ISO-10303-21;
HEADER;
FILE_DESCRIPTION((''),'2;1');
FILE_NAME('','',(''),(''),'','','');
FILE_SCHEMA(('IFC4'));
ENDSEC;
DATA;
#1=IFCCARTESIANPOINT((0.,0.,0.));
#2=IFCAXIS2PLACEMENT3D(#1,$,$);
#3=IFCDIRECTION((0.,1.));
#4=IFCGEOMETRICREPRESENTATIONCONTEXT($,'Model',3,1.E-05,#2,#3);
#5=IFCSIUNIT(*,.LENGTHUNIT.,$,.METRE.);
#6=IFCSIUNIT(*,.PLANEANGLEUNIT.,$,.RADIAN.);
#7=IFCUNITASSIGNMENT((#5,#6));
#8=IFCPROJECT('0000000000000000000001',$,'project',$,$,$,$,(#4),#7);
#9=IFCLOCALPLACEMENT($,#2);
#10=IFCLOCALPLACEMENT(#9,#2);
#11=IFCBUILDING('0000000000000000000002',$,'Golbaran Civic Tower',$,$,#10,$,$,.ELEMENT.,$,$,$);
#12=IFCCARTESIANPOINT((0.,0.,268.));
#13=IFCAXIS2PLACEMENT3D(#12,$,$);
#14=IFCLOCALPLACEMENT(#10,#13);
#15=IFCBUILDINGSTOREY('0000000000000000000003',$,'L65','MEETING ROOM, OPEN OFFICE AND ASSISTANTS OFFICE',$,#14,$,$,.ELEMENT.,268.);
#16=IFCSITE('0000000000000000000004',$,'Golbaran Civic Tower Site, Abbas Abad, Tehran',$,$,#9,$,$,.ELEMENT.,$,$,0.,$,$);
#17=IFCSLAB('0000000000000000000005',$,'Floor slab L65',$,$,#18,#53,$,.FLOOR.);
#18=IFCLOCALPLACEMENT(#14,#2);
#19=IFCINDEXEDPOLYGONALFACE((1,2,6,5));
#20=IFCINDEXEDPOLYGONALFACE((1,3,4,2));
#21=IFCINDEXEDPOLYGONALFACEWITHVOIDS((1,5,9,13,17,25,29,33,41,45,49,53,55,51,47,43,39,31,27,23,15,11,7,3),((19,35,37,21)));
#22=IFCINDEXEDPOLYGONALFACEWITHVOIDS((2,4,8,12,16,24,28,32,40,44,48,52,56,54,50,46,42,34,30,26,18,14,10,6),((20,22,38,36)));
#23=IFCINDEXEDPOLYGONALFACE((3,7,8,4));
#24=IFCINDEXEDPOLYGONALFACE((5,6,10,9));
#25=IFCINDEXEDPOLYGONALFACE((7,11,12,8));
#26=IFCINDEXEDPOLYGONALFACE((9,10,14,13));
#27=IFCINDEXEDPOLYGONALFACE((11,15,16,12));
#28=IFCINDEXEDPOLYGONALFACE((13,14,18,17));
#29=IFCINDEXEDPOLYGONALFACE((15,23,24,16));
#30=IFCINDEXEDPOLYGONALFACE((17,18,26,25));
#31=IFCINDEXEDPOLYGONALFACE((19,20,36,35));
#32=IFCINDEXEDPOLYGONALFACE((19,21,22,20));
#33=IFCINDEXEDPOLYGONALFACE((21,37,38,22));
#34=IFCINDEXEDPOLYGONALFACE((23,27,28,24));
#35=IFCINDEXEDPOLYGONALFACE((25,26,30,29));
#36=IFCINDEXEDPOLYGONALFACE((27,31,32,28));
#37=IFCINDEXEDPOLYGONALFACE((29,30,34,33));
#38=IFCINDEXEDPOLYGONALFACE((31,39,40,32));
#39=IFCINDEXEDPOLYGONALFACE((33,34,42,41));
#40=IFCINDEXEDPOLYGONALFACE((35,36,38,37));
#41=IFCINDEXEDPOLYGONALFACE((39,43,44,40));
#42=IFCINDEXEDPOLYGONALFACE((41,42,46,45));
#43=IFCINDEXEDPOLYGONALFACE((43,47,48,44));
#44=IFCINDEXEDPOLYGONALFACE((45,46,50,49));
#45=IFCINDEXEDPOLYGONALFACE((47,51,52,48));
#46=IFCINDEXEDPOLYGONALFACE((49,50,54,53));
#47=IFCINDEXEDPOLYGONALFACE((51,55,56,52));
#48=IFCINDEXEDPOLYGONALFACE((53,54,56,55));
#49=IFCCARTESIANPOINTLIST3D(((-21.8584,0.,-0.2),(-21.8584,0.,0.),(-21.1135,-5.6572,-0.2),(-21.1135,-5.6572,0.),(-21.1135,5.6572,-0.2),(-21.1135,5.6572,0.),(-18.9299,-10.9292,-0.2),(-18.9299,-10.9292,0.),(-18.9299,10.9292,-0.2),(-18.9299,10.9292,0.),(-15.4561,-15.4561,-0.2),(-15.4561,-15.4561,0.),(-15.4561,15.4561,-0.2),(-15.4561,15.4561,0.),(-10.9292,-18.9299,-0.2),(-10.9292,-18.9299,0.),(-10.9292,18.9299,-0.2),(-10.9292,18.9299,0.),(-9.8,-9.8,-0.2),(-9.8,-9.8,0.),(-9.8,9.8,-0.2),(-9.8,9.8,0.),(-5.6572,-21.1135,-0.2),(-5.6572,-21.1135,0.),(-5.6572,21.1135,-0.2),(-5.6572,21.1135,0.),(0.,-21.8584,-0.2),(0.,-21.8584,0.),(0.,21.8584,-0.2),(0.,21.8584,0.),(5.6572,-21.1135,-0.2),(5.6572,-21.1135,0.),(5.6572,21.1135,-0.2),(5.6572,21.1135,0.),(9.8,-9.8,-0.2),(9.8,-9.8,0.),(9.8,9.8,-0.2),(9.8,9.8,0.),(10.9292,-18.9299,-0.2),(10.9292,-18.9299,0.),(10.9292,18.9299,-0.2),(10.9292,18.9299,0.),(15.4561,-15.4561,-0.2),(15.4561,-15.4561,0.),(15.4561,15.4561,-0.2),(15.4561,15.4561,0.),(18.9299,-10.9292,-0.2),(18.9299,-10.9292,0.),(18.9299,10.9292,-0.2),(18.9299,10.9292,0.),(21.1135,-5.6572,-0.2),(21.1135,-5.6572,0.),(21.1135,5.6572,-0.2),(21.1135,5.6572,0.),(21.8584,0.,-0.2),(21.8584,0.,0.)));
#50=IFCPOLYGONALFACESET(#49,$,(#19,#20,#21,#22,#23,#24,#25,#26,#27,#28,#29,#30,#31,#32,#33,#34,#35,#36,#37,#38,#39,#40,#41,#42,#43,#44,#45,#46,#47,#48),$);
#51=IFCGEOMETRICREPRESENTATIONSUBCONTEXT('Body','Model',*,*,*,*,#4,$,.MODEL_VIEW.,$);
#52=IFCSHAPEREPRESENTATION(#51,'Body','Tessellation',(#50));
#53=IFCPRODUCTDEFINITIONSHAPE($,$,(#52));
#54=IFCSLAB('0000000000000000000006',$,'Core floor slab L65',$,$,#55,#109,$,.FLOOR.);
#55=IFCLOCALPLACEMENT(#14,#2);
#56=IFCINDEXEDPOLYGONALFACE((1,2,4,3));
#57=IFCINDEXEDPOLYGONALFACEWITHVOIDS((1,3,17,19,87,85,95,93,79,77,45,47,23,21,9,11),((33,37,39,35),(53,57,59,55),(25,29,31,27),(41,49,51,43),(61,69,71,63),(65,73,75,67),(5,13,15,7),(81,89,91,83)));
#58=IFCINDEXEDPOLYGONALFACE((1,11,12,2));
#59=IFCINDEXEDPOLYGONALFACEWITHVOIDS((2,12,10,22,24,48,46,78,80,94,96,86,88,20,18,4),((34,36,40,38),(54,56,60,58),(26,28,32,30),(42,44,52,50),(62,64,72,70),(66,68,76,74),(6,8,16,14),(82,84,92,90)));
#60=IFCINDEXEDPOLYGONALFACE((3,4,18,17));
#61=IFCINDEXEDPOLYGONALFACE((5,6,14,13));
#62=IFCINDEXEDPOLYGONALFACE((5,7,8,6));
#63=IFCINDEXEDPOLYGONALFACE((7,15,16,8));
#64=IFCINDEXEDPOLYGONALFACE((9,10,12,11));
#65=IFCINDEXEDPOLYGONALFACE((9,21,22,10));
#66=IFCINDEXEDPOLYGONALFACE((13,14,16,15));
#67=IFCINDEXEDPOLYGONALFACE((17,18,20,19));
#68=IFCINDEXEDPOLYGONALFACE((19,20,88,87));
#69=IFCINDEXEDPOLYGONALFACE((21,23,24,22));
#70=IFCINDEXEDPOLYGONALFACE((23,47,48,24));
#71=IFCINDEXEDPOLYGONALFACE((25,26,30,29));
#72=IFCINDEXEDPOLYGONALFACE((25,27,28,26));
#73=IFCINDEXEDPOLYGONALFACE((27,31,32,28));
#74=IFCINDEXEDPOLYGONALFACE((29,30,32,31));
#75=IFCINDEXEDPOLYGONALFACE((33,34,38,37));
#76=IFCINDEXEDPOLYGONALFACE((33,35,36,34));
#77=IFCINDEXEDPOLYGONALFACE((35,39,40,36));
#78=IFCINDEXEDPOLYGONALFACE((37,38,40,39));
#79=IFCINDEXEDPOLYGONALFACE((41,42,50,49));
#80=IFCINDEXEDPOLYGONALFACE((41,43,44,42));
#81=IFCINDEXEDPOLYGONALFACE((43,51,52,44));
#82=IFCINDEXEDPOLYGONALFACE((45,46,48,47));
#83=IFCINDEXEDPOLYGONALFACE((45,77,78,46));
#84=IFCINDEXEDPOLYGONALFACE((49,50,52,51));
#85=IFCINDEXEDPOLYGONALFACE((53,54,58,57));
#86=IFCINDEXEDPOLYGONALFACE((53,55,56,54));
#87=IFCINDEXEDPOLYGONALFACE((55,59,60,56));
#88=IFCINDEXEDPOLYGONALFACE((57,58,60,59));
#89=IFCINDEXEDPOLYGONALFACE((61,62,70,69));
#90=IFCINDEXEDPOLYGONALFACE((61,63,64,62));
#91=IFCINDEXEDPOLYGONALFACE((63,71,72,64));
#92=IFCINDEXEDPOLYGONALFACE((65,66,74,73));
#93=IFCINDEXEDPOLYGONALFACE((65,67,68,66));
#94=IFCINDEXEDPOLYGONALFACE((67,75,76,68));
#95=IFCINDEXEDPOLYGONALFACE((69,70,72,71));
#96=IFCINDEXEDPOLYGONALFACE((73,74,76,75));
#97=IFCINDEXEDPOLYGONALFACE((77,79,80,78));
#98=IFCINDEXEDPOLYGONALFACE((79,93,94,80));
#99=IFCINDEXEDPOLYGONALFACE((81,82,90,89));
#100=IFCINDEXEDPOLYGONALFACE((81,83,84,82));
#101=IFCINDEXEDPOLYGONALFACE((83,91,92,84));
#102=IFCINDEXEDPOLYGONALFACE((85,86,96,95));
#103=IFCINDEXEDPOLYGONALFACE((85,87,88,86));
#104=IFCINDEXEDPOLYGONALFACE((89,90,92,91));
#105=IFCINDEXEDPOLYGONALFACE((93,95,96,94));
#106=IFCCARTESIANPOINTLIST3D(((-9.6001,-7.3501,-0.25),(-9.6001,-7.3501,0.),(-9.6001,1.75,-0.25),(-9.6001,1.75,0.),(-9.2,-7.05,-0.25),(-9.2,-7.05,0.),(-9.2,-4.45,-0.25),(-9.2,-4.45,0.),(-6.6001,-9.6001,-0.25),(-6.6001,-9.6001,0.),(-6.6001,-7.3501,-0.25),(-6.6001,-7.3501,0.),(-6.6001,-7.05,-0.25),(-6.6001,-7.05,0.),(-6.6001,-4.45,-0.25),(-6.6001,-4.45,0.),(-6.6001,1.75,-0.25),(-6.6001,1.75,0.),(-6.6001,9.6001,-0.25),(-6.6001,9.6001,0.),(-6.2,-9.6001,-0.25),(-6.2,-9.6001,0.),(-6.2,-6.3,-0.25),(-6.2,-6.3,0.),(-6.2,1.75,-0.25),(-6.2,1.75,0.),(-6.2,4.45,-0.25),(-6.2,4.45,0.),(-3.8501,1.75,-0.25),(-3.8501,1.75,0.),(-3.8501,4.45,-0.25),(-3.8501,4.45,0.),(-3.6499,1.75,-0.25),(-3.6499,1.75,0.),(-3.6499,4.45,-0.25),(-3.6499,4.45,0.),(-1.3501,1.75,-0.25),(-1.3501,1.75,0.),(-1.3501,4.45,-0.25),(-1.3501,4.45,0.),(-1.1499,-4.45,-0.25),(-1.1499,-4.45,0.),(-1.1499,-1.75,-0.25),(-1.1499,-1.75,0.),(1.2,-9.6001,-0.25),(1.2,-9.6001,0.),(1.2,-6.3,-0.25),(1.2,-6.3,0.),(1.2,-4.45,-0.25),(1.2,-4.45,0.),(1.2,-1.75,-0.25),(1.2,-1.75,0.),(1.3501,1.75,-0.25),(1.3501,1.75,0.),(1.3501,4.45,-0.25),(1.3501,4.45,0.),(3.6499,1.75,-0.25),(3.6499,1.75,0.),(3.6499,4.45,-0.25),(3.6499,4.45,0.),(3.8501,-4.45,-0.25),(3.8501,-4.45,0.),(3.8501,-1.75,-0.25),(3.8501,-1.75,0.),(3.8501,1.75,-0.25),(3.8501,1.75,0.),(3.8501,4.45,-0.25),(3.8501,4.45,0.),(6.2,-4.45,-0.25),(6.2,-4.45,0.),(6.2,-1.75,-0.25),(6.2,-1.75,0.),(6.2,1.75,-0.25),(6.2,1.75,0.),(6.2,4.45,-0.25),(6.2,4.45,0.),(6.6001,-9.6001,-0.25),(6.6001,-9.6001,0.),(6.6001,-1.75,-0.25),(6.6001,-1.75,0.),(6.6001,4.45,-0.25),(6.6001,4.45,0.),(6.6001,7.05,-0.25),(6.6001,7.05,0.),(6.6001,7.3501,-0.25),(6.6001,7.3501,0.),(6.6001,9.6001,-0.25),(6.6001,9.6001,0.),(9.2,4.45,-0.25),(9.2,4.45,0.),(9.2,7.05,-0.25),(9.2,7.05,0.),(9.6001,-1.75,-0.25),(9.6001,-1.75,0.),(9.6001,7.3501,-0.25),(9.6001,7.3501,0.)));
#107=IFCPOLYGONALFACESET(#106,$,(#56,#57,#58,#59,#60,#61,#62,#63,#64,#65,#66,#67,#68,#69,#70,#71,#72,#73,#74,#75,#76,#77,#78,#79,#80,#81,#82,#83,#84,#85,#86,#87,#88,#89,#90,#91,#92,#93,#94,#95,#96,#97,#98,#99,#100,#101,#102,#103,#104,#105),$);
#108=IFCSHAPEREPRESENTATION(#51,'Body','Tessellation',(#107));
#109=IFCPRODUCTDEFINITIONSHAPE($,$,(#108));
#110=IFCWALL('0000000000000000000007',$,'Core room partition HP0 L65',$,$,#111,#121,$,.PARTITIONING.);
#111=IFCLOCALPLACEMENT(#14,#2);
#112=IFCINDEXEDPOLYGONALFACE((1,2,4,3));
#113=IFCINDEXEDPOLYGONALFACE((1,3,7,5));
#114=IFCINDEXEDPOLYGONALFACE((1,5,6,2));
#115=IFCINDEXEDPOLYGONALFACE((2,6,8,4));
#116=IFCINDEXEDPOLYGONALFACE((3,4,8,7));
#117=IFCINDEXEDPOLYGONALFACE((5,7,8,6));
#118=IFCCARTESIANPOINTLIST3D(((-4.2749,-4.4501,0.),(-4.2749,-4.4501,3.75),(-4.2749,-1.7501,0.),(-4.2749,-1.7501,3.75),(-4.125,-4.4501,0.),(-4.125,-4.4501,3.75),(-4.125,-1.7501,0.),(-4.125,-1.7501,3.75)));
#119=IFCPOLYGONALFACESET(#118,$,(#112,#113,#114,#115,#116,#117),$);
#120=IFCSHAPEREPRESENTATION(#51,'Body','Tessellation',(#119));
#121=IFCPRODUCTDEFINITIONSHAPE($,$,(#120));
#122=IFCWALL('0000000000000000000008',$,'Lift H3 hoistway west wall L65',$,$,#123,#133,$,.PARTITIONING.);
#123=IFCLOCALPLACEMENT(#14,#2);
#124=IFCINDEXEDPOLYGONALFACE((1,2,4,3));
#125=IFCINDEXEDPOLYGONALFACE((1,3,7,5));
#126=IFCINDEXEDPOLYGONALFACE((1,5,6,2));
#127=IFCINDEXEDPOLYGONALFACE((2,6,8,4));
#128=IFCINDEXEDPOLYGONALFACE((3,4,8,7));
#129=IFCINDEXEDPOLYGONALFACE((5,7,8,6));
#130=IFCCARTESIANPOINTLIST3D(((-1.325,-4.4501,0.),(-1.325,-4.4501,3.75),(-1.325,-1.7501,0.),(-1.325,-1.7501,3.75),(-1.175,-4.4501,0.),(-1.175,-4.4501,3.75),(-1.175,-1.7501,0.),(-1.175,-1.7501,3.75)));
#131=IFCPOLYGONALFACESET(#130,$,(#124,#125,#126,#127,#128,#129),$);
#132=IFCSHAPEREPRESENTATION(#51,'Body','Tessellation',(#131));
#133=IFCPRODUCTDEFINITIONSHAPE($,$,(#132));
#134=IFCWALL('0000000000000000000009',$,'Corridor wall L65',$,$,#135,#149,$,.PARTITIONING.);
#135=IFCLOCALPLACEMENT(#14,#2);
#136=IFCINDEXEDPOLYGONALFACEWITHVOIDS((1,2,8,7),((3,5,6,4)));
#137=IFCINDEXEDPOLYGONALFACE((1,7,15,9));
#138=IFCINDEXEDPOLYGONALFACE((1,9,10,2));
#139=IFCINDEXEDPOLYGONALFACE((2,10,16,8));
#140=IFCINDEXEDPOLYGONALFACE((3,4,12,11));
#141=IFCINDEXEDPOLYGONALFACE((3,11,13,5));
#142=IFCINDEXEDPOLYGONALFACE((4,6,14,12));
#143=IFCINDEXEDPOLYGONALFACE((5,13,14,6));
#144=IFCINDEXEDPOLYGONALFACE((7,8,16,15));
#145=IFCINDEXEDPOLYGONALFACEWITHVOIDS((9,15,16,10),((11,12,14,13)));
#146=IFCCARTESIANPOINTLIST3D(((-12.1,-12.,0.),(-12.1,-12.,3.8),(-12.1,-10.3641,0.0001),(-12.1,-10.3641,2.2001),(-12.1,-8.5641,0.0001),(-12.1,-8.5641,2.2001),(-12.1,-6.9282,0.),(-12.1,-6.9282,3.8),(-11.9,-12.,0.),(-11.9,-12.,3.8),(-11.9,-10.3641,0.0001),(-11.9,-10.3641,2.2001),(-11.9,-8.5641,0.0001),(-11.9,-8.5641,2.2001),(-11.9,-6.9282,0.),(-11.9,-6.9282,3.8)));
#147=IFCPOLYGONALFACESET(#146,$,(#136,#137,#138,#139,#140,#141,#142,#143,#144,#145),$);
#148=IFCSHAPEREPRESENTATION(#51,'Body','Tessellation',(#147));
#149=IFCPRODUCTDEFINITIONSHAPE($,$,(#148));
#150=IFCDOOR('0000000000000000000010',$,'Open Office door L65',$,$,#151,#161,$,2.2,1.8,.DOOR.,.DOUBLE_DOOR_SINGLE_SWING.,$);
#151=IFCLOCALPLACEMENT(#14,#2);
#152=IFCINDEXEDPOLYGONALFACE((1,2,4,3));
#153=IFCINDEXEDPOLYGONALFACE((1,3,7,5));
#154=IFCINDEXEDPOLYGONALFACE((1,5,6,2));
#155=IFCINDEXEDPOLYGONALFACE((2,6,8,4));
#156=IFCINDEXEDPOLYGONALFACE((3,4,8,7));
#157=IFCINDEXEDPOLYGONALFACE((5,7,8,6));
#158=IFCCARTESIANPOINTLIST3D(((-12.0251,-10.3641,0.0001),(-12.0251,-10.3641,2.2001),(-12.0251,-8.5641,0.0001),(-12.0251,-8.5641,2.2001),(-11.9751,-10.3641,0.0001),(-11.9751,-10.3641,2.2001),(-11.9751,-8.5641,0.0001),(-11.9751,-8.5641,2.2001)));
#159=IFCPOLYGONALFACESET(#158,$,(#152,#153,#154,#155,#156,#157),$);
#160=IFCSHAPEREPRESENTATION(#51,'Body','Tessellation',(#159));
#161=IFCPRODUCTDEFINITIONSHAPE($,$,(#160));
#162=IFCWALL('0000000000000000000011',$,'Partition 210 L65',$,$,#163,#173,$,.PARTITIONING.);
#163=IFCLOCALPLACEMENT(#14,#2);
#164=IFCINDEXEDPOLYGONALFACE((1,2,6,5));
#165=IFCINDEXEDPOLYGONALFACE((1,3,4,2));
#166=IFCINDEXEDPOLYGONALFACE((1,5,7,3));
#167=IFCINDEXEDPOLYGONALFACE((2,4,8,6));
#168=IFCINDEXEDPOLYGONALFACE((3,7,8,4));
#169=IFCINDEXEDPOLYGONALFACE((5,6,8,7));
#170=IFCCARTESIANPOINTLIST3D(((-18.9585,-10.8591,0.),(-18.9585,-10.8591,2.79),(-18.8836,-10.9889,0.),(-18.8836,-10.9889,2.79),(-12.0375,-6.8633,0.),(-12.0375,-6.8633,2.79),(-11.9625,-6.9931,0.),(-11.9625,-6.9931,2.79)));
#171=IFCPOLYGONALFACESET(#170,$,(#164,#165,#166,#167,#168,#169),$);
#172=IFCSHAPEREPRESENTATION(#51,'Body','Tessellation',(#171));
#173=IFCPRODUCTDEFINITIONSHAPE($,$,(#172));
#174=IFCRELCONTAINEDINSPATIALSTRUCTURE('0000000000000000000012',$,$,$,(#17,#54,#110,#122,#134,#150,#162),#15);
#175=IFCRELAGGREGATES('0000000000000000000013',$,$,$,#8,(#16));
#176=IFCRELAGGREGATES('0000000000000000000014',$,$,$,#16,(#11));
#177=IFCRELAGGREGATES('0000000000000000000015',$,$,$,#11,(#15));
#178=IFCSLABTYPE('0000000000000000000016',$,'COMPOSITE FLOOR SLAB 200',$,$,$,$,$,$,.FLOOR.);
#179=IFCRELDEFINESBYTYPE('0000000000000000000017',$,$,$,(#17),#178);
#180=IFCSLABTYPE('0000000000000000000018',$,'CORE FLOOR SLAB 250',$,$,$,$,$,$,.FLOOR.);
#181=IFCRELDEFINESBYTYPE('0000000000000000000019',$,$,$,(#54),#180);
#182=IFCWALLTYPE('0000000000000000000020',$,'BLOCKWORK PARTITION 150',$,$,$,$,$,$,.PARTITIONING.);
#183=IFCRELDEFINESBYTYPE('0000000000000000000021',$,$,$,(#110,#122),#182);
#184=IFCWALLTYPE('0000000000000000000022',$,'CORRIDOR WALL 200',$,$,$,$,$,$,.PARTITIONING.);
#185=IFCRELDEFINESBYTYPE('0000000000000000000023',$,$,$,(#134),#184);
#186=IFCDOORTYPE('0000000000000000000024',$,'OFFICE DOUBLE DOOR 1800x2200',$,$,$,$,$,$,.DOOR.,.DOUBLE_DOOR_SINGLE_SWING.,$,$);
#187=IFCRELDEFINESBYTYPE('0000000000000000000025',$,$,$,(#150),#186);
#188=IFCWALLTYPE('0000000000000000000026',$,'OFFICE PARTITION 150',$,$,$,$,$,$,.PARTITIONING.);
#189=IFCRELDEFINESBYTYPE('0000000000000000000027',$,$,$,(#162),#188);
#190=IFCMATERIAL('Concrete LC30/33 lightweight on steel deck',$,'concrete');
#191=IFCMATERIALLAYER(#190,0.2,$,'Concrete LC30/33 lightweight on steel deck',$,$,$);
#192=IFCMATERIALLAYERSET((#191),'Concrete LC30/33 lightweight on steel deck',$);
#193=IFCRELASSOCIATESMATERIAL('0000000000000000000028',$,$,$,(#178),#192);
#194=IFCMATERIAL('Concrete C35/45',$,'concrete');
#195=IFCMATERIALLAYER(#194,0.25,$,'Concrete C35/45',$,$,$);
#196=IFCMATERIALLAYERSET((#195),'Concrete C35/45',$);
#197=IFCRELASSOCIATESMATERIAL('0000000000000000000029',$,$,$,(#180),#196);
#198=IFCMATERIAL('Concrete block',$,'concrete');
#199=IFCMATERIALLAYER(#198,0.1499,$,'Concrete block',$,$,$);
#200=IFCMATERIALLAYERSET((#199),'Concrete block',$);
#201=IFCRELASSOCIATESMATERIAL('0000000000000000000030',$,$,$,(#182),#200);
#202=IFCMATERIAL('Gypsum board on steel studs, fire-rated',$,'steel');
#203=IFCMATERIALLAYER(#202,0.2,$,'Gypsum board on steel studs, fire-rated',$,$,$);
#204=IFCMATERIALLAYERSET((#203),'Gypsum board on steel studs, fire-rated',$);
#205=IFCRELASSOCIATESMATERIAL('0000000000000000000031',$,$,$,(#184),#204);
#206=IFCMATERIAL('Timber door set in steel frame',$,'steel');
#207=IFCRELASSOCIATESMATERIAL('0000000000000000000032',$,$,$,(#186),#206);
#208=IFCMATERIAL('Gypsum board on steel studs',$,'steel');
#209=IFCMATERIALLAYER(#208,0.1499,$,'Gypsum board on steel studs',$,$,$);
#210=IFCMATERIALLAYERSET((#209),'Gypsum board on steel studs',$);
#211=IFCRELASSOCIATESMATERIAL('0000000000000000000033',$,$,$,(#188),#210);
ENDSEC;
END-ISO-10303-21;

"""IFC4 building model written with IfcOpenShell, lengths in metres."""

from ifc_helpers import new_model, si_unit, direction, frame, frame_2d, origin, place, context, subcontext, project, spatial, polyline, rectangle, outline, extrude, material, layer, layer_set, type_object, element, fill, save


model = new_model("IFC4")

# Units and contexts
model_context = context("Model", 3, precision=1e-05, world=origin(), true_north=direction((0.0, 1.0)))
body_context = subcontext(model_context, "Body", "Model", "MODEL_VIEW")
ifc_project = project(units=[si_unit("LENGTHUNIT", "METRE"), si_unit("PLANEANGLEUNIT", "RADIAN")], contexts=[model_context])

# Site, building, storey
site_placement = place(None, origin())
site = spatial("IfcSite", under=ifc_project, at=site_placement, Name="Golbaran Civic Tower Site, Abbas Abad, Tehran", CompositionType="ELEMENT", RefElevation=0.0)
building_placement = place(site_placement, origin())
building = spatial("IfcBuilding", under=site, at=building_placement, Name="Golbaran Civic Tower", CompositionType="ELEMENT")
storey_placement = place(building_placement, frame((0.0, 0.0, 268.0)))
storey = spatial("IfcBuildingStorey", under=building, at=storey_placement, Name="L65", Description="MEETING ROOM, OPEN OFFICE AND ASSISTANTS OFFICE", CompositionType="ELEMENT", Elevation=268.0)

# Slabs
ifc_material_1 = material(Name="Concrete LC30/33 lightweight on steel deck", Category="concrete")
ifc_layer_1 = layer(ifc_material_1, 0.2, Name="Concrete LC30/33 lightweight on steel deck")
ifc_layer_set_1 = layer_set([ifc_layer_1], Name="Concrete LC30/33 lightweight on steel deck")
slab_type_1 = type_object("IfcSlabType", Name="COMPOSITE FLOOR SLAB 200", PredefinedType="FLOOR", material=ifc_layer_set_1)
slab_1_placement = place(storey_placement, frame((0.0, 0.0, -0.2)))
element("IfcSlab", 1, at=slab_1_placement, inside=storey, type_object=slab_type_1, Name="Floor slab L65", PredefinedType="FLOOR", context=body_context, shape_type="SweptSolid", body=[
    extrude(outline(polyline([(18.9299, -10.9292), (15.4561, -15.4561), (10.9292, -18.9299), (5.6572, -21.1135), (0.0, -21.8584), (-5.6572, -21.1135), (-10.9292, -18.9299), (-15.4561, -15.4561), (-18.9299, -10.9292), (-21.1135, -5.6572), (-21.8584, 0.0), (-21.1135, 5.6572), (-18.9299, 10.9292), (-15.4561, 15.4561), (-10.9292, 18.9299), (-5.6572, 21.1135), (0.0, 21.8584), (5.6572, 21.1135), (10.9292, 18.9299), (15.4561, 15.4561), (18.9299, 10.9292), (21.1135, 5.6572), (21.8584, 0.0), (21.1135, -5.6572), (18.9299, -10.9292)]), holes=[polyline([(-9.8, 9.8), (-9.8, -9.8), (9.8, -9.8), (9.8, 9.8), (-9.8, 9.8)])]), origin(), (0.0, 0.0, 1.0), 0.2),
])
ifc_material_2 = material(Name="Concrete C35/45", Category="concrete")
ifc_layer_2 = layer(ifc_material_2, 0.25, Name="Concrete C35/45")
ifc_layer_set_2 = layer_set([ifc_layer_2], Name="Concrete C35/45")
slab_type_2 = type_object("IfcSlabType", Name="CORE FLOOR SLAB 250", PredefinedType="FLOOR", material=ifc_layer_set_2)
slab_2_placement = place(storey_placement, frame((0.0, 0.0, -0.25)))
element("IfcSlab", 2, at=slab_2_placement, inside=storey, type_object=slab_type_2, Name="Core floor slab L65", PredefinedType="FLOOR", context=body_context, shape_type="SweptSolid", body=[
    extrude(outline(polyline([(6.6001, -1.75), (6.6001, -9.6001), (1.2, -9.6001), (1.2, -6.3), (-6.2, -6.3), (-6.2, -9.6001), (-6.6001, -9.6001), (-6.6001, -7.3501), (-9.6001, -7.3501), (-9.6001, 1.75), (-6.6001, 1.75), (-6.6001, 9.6001), (6.6001, 9.6001), (6.6001, 7.3501), (9.6001, 7.3501), (9.6001, -1.75), (6.6001, -1.75)]), holes=[polyline([(9.2, 7.05), (6.6001, 7.05), (6.6001, 4.45), (9.2, 4.45), (9.2, 7.05)]), polyline([(6.2, -1.75), (3.8501, -1.75), (3.8501, -4.45), (6.2, -4.45), (6.2, -1.75)]), polyline([(6.2, 4.45), (3.8501, 4.45), (3.8501, 1.75), (6.2, 1.75), (6.2, 4.45)]), polyline([(3.6499, 4.45), (1.3501, 4.45), (1.3501, 1.75), (3.6499, 1.75), (3.6499, 4.45)]), polyline([(-1.1499, -1.75), (-1.1499, -4.45), (1.2, -4.45), (1.2, -1.75), (-1.1499, -1.75)]), polyline([(-1.3501, 4.45), (-3.6499, 4.45), (-3.6499, 1.75), (-1.3501, 1.75), (-1.3501, 4.45)]), polyline([(-3.8501, 4.45), (-6.2, 4.45), (-6.2, 1.75), (-3.8501, 1.75), (-3.8501, 4.45)]), polyline([(-6.6001, -4.45), (-9.2, -4.45), (-9.2, -7.05), (-6.6001, -7.05), (-6.6001, -4.45)])]), origin(), (0.0, 0.0, 1.0), 0.25),
])

# Walls
ifc_material_3 = material(Name="Concrete block", Category="concrete")
ifc_layer_3 = layer(ifc_material_3, 0.1499, Name="Concrete block")
ifc_layer_set_3 = layer_set([ifc_layer_3], Name="Concrete block")
wall_type_1 = type_object("IfcWallType", Name="BLOCKWORK PARTITION 150", PredefinedType="PARTITIONING", material=ifc_layer_set_3)
for number, where, z_axis, x_axis, name in (
    (3, (-4.2, -1.75, 0.0), (0.0, 0.0, 1.0), (0.0, -1.0, 0.0), "Core room partition HP0 L65"),
    (4, (-1.25, -1.75, 0.0), (0.0, 0.0, 1.0), (0.0, -1.0, 0.0), "Lift H3 hoistway west wall L65"),
):
    element("IfcWall", number, at=place(storey_placement, frame(where, z_axis=z_axis, x_axis=x_axis)), inside=storey, type_object=wall_type_1, Name=name, PredefinedType="PARTITIONING", context=body_context, shape_type="SweptSolid", body=[
        extrude(rectangle(XDim=2.7, YDim=0.1499, at=frame_2d((1.3501, 0.0))), origin(), (0.0, 0.0, 1.0), 3.75),
    ])

# Wall, opening, door
ifc_material_4 = material(Name="Gypsum board on steel studs, fire-rated", Category="steel")
ifc_layer_4 = layer(ifc_material_4, 0.2, Name="Gypsum board on steel studs, fire-rated")
ifc_layer_set_4 = layer_set([ifc_layer_4], Name="Gypsum board on steel studs, fire-rated")
wall_type_2 = type_object("IfcWallType", Name="CORRIDOR WALL 200", PredefinedType="PARTITIONING", material=ifc_layer_set_4)
wall_1_placement = place(storey_placement, frame((-12.0, -6.9282, 0.0), z_axis=(0.0, 0.0, 1.0), x_axis=(0.0, -1.0, 0.0)))
wall_1 = element("IfcWall", 5, at=wall_1_placement, inside=storey, type_object=wall_type_2, Name="Corridor wall L65", PredefinedType="PARTITIONING", context=body_context, shape_type="SweptSolid", body=[
    extrude(rectangle(XDim=5.0718, YDim=0.2, at=frame_2d((2.5359, 0.0))), origin(), (0.0, 0.0, 1.0), 3.8),
])
opening_1_placement = place(wall_1_placement, frame((1.636, 0.0, 0.0)))
opening_1 = element("IfcOpeningElement", 6, at=opening_1_placement, cuts=wall_1, PredefinedType="OPENING", context=body_context, shape_type="SweptSolid", body=[
    extrude(rectangle(XDim=1.8, YDim=2.2, at=frame_2d((0.8999, 1.1001))), frame((0.0, 0.1099, 0.0), z_axis=(0.0, -1.0, 0.0), x_axis=(1.0, 0.0, 0.0)), (0.0, 0.0, 1.0), 0.22),
])
ifc_material_5 = material(Name="Timber door set in steel frame", Category="steel")
door_type_1 = type_object("IfcDoorType", Name="OFFICE DOUBLE DOOR 1800x2200", OperationType="DOUBLE_DOOR_SINGLE_SWING", PredefinedType="DOOR", material=ifc_material_5)
door_1_placement = place(opening_1_placement, origin())
door_1 = element("IfcDoor", 7, at=door_1_placement, inside=storey, type_object=door_type_1, Name="Open Office door L65", OperationType="DOUBLE_DOOR_SINGLE_SWING", OverallHeight=2.2, OverallWidth=1.8, PredefinedType="DOOR", context=body_context, shape_type="SweptSolid", body=[
    extrude(rectangle(XDim=1.8, YDim=2.2, at=frame_2d((0.8999, 1.1001))), frame((0.0, 0.0249, 0.0), z_axis=(0.0, -1.0, 0.0), x_axis=(1.0, 0.0, 0.0)), (0.0, 0.0, 1.0), 0.05),
])
fill(opening_1, door_1)

# Wall
ifc_material_6 = material(Name="Gypsum board on steel studs", Category="steel")
ifc_layer_5 = layer(ifc_material_6, 0.1499, Name="Gypsum board on steel studs")
ifc_layer_set_5 = layer_set([ifc_layer_5], Name="Gypsum board on steel studs")
wall_type_3 = type_object("IfcWallType", Name="OFFICE PARTITION 150", PredefinedType="PARTITIONING", material=ifc_layer_set_5)
wall_2_placement = place(storey_placement, frame((-12.0, -6.9282, 0.0), z_axis=(0.0, 0.0, 1.0), x_axis=(-0.866029, -0.499993, 0.0)))
element("IfcWall", 8, at=wall_2_placement, inside=storey, type_object=wall_type_3, Name="Partition 210 L65", PredefinedType="PARTITIONING", context=body_context, shape_type="SweptSolid", body=[
    extrude(rectangle(XDim=7.9917, YDim=0.1499, at=frame_2d((3.9958, 0.0))), origin(), (0.0, 0.0, 1.0), 2.79),
])

save(model, "model.ifc")
